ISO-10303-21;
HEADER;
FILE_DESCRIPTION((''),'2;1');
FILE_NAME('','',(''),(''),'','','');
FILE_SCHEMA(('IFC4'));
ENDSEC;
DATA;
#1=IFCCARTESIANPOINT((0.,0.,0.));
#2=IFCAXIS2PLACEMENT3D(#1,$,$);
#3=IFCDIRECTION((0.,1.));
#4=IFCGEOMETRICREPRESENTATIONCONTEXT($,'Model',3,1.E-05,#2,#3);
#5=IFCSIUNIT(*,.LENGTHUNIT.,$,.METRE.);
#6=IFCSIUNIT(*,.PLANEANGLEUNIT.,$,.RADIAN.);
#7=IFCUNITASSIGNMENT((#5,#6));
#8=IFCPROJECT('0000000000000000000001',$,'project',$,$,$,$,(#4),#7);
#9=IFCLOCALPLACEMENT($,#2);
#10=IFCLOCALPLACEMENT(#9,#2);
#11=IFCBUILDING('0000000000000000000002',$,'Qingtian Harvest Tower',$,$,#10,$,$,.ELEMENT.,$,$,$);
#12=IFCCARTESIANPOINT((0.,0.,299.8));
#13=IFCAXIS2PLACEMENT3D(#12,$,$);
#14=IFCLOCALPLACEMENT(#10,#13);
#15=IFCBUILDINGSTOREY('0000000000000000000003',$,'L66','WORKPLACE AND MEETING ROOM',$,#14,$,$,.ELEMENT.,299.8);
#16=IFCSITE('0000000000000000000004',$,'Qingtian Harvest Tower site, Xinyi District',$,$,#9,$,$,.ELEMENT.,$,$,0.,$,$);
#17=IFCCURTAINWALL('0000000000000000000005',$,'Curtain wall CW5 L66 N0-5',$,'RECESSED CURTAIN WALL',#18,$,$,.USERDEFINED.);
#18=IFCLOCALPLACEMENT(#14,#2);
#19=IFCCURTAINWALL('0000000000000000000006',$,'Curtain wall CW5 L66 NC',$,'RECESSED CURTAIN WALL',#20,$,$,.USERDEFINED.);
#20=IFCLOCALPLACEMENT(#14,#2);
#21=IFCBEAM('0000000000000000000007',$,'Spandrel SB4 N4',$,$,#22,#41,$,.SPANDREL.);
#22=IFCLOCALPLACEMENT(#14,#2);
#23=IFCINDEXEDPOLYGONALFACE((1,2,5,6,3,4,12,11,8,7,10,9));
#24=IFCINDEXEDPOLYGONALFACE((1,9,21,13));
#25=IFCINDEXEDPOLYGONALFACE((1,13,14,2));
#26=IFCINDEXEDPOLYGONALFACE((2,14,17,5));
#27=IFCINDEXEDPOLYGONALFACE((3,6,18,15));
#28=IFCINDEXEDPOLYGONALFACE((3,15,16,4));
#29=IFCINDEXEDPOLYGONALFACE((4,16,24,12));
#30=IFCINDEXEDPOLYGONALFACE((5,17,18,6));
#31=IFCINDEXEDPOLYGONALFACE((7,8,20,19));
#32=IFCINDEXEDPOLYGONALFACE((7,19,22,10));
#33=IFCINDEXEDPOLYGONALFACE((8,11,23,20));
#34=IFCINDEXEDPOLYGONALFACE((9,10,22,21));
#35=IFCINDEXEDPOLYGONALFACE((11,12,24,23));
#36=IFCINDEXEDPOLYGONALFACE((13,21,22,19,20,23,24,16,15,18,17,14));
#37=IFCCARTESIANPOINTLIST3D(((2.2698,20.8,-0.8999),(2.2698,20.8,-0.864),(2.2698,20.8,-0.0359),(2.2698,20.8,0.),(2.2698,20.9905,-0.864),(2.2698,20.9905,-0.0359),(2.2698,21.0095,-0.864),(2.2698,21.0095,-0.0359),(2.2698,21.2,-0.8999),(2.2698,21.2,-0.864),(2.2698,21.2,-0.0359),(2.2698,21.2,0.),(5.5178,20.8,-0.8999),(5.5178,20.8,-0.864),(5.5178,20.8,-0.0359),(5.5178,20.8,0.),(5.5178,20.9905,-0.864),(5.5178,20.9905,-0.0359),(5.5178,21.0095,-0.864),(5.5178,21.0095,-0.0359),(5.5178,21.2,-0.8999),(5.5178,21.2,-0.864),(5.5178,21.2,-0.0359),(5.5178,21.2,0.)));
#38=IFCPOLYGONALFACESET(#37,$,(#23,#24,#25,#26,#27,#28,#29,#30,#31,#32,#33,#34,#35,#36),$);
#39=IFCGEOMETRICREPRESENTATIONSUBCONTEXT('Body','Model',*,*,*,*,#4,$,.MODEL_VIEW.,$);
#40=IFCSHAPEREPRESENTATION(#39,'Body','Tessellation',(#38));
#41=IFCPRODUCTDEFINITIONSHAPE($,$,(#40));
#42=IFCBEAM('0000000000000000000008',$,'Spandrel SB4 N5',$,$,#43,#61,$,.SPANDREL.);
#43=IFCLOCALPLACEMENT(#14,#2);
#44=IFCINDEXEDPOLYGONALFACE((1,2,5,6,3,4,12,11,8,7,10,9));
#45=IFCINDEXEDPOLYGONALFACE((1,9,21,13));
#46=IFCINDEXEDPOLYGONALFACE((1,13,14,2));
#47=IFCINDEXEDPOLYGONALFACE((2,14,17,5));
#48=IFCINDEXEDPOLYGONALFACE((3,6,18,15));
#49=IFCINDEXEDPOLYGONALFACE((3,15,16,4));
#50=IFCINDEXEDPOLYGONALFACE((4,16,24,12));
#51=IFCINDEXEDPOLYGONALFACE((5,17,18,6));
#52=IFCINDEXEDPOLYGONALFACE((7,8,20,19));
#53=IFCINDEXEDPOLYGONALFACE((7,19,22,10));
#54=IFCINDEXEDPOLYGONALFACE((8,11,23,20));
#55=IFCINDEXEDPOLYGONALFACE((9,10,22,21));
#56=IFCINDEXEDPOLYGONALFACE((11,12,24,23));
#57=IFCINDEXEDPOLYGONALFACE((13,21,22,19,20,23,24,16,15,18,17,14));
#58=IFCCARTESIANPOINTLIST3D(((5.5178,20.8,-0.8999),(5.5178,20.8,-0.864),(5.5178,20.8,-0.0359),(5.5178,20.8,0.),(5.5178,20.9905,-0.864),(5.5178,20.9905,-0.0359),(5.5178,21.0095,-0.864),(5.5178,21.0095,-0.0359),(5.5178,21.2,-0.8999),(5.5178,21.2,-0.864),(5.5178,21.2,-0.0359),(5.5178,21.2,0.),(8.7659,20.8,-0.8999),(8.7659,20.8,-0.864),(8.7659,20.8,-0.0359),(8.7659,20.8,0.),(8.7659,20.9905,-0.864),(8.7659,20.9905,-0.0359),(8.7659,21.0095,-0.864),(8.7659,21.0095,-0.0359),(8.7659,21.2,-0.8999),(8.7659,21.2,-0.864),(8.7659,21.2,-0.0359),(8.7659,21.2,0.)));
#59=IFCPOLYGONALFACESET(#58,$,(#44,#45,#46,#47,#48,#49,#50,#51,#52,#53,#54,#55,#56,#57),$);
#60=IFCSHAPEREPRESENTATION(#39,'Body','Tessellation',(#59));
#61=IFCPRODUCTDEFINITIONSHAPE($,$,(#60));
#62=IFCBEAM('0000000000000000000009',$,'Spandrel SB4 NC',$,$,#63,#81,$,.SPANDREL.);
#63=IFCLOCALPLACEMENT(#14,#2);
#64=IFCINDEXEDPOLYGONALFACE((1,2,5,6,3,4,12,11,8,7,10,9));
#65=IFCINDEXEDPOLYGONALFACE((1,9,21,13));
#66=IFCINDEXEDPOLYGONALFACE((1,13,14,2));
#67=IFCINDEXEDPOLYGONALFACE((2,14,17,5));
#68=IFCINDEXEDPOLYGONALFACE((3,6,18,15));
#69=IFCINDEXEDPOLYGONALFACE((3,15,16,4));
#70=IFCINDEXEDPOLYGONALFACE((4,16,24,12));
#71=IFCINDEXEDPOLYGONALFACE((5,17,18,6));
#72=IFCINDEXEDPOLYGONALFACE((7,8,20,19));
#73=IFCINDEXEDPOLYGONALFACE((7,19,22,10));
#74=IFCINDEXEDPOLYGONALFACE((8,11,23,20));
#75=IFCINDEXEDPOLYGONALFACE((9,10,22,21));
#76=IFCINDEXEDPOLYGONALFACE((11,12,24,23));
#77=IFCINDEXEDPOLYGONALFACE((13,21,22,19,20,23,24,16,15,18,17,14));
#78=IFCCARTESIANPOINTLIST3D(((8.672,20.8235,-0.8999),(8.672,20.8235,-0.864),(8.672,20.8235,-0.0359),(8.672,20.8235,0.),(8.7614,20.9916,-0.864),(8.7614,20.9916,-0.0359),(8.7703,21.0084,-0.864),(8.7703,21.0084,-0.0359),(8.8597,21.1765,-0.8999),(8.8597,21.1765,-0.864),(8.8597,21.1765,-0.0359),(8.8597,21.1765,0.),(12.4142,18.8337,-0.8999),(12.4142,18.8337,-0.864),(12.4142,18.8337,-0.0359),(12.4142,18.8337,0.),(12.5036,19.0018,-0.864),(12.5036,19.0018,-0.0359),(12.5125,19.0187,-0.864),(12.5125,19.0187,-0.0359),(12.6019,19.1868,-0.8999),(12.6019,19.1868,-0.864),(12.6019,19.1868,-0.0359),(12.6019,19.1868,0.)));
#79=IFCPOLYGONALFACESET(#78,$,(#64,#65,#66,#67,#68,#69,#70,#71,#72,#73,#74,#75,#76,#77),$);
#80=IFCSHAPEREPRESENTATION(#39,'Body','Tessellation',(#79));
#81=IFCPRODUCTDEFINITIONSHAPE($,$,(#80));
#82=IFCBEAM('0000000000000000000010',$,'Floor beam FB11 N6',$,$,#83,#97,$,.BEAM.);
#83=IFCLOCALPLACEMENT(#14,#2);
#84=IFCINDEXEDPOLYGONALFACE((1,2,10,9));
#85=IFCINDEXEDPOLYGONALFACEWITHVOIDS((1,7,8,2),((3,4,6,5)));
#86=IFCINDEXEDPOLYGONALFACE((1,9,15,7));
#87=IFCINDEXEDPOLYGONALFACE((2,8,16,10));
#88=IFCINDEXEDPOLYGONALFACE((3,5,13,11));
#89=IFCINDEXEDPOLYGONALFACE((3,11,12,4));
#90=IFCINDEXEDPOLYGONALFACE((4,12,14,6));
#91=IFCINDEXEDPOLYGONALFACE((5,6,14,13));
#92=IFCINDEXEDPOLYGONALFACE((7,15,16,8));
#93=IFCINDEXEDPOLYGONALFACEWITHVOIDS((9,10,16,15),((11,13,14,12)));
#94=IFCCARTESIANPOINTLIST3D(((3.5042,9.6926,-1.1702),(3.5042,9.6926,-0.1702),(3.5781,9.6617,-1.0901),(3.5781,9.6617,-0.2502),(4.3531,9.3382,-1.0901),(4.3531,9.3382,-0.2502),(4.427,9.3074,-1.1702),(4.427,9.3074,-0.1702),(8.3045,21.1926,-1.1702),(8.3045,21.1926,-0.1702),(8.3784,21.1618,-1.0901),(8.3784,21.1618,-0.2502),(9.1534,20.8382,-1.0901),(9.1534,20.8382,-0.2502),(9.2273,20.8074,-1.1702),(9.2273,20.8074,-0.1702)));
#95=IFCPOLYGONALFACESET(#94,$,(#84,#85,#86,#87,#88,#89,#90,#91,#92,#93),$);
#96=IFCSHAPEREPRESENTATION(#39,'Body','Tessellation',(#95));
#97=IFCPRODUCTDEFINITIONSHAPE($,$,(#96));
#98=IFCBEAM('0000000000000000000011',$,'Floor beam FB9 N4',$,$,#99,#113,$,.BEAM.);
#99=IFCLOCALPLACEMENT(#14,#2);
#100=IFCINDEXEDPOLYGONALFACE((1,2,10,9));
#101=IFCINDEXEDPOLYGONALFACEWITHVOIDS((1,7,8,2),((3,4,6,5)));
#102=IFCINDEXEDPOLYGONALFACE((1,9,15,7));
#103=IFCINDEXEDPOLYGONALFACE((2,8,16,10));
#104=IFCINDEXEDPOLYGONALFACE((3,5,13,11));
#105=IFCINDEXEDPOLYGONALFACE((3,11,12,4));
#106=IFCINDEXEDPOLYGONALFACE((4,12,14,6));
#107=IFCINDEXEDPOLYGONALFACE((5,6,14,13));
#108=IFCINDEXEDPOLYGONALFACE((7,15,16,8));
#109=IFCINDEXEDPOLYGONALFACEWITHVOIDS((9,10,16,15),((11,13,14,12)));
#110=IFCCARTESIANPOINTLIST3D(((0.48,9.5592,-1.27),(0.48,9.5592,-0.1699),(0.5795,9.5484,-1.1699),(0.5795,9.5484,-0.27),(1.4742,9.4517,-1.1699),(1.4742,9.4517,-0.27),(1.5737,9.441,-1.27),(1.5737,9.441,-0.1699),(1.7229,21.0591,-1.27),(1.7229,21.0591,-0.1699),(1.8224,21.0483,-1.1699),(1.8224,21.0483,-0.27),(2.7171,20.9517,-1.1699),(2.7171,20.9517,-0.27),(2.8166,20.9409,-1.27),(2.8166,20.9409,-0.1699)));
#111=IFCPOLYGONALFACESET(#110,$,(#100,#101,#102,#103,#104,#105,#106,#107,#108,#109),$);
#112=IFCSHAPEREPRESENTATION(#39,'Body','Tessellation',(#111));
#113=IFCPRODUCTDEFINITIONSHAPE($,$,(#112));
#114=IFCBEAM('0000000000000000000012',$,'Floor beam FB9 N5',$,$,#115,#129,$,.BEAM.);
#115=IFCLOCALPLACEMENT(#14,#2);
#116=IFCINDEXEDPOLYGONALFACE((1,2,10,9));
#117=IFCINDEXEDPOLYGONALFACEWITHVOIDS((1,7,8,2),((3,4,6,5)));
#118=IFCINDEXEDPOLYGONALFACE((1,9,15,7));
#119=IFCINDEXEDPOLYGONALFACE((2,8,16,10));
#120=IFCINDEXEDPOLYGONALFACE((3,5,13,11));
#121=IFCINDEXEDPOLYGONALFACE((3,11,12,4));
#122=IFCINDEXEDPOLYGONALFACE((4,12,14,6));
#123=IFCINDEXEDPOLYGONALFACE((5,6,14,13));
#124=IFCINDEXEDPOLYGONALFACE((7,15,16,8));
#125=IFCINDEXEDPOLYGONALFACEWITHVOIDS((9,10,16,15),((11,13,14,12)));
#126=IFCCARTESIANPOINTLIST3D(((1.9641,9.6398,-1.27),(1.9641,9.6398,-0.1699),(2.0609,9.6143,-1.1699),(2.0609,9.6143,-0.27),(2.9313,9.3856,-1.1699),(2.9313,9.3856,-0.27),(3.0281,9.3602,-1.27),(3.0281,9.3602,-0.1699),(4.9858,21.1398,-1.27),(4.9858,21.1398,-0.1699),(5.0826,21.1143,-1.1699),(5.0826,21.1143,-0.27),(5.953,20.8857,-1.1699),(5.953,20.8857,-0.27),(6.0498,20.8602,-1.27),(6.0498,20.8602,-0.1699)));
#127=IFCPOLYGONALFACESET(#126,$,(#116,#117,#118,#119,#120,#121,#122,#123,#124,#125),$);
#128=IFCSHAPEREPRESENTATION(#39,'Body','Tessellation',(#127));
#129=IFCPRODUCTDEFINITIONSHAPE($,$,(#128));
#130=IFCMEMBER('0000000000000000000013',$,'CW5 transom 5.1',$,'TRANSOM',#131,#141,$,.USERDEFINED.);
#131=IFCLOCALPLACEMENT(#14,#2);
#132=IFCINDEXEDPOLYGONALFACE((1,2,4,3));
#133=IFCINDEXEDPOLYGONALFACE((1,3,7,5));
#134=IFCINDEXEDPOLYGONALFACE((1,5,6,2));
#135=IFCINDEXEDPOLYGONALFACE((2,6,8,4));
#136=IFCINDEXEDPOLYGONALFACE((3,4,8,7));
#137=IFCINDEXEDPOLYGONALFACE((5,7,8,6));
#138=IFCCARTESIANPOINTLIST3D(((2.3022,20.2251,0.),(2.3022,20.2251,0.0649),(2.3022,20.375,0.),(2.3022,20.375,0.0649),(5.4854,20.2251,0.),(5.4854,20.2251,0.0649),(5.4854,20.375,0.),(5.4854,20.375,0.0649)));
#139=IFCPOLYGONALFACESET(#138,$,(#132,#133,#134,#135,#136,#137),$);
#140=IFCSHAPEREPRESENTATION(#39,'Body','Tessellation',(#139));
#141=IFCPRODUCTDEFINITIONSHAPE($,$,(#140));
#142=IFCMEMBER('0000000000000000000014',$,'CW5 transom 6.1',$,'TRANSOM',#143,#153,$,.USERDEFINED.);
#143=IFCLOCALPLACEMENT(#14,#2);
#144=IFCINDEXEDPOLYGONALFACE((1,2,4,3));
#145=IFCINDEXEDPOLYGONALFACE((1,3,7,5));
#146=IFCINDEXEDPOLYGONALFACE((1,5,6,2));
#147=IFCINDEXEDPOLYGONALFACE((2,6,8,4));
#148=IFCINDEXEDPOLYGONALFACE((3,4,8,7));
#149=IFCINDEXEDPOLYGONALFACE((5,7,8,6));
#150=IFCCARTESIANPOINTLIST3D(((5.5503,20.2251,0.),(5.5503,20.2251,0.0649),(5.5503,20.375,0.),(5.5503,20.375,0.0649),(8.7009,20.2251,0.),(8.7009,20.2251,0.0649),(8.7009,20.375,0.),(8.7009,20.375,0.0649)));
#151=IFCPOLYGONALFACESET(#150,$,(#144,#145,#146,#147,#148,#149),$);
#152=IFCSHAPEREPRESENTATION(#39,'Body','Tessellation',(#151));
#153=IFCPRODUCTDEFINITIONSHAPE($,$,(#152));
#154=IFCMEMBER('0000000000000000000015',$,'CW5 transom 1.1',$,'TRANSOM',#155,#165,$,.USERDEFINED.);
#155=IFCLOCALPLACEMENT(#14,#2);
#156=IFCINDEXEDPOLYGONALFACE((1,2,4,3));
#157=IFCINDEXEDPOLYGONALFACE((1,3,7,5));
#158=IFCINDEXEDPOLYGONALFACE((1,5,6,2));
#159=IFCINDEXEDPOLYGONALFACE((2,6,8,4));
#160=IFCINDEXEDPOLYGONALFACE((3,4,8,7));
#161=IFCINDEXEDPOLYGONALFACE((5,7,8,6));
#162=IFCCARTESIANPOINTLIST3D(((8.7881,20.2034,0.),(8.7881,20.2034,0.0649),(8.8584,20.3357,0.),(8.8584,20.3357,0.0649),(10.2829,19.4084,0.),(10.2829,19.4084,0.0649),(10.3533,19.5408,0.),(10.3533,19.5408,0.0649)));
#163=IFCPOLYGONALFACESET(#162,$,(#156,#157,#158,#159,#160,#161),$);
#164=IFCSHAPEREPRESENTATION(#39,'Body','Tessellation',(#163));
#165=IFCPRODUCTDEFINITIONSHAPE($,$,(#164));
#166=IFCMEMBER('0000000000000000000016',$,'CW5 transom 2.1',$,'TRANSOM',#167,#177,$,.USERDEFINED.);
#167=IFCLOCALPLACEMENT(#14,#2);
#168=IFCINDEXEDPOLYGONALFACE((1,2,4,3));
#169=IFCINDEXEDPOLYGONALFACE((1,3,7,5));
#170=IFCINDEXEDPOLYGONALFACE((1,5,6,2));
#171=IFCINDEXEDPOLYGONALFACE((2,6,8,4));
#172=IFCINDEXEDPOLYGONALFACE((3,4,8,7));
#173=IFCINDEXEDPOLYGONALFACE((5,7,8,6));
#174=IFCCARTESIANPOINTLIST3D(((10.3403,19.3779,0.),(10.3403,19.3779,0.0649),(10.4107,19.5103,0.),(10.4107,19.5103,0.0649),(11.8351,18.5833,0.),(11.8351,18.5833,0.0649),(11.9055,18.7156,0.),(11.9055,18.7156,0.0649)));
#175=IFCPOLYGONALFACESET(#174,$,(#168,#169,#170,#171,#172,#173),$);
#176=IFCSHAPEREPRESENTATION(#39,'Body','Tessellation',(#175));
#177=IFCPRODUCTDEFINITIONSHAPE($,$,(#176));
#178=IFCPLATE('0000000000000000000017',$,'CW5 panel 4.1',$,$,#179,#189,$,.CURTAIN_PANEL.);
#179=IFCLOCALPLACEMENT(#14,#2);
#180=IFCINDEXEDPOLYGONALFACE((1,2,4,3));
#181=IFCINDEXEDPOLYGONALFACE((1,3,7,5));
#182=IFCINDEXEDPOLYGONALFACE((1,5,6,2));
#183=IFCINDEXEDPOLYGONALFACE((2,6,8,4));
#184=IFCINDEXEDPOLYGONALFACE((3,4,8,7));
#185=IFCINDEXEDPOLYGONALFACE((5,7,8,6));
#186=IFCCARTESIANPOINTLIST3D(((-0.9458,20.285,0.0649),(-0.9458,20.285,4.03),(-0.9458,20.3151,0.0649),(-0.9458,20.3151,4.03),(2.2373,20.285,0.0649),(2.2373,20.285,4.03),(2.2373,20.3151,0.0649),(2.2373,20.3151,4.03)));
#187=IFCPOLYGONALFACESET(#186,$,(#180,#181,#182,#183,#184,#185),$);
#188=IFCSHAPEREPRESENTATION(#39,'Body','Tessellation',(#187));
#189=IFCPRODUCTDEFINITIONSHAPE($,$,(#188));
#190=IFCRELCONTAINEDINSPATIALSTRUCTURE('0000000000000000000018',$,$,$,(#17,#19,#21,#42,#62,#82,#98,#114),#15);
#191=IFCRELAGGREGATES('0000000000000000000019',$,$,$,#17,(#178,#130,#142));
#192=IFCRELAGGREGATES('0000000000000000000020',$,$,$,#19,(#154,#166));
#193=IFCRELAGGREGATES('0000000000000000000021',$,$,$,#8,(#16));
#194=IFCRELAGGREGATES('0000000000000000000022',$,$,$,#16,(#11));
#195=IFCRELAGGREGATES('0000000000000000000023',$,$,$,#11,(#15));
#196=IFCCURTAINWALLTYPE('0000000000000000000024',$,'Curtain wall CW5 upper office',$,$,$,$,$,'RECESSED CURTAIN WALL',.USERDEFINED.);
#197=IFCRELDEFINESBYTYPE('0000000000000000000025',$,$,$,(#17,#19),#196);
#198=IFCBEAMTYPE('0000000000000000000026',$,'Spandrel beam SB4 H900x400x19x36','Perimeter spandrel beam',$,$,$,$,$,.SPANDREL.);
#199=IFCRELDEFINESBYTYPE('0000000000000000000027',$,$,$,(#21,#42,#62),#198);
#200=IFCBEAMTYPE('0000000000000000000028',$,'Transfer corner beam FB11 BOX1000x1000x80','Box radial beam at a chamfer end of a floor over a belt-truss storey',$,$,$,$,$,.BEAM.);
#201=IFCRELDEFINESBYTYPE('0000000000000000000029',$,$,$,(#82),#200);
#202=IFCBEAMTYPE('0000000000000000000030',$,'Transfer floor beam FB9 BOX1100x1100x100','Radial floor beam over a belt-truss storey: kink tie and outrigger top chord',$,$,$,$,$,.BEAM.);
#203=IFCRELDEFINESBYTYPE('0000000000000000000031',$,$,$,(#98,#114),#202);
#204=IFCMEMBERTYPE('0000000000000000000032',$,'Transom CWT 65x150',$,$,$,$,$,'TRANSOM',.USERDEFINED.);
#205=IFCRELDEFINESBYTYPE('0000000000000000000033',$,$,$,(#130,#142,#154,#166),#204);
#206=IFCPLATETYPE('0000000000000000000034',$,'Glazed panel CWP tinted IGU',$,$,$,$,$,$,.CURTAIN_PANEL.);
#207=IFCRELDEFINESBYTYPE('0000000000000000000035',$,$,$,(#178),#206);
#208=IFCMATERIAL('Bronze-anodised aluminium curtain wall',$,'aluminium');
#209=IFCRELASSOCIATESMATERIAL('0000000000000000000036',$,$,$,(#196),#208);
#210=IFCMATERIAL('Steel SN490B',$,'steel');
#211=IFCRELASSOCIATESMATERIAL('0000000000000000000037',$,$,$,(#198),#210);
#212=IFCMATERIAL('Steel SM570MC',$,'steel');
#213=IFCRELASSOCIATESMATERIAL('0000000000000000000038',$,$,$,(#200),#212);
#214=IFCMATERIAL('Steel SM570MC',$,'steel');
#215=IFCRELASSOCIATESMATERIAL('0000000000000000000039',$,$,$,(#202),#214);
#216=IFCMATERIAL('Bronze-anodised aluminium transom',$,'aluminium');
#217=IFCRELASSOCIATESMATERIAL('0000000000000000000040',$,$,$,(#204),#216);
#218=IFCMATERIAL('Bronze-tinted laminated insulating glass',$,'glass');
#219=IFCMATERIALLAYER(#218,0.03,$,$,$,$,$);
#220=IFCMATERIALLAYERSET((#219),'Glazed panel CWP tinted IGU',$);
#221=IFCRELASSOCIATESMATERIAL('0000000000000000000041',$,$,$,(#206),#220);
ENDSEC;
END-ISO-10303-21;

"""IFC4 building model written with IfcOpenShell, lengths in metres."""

from ifc_helpers import new_model, si_unit, direction, frame, origin, origin_2d, place, context, subcontext, project, spatial, rectangle, hollow_rectangle, i_section, extrude, material, layer, layer_set, material_profile, profile_set, type_object, element, aggregate, save


model = new_model("IFC4")

# Units and contexts
model_context = context("Model", 3, precision=1e-05, world=origin(), true_north=direction((0.0, 1.0)))
body_context = subcontext(model_context, "Body", "Model", "MODEL_VIEW")
ifc_project = project(units=[si_unit("LENGTHUNIT", "METRE"), si_unit("PLANEANGLEUNIT", "RADIAN")], contexts=[model_context])

# Site, building, storey
site_placement = place(None, origin())
site = spatial("IfcSite", under=ifc_project, at=site_placement, Name="Qingtian Harvest Tower site, Xinyi District", CompositionType="ELEMENT", RefElevation=0.0)
building_placement = place(site_placement, origin())
building = spatial("IfcBuilding", under=site, at=building_placement, Name="Qingtian Harvest Tower", CompositionType="ELEMENT")
storey_placement = place(building_placement, frame((0.0, 0.0, 299.8)))
storey = spatial("IfcBuildingStorey", under=building, at=storey_placement, Name="L66", Description="WORKPLACE AND MEETING ROOM", CompositionType="ELEMENT", Elevation=299.8)

# Curtain walls
ifc_material_1 = material(Name="Bronze-anodised aluminium curtain wall", Category="aluminium")
curtain_wall_type = type_object("IfcCurtainWallType", Name="Curtain wall CW5 upper office", ElementType="RECESSED CURTAIN WALL", PredefinedType="USERDEFINED", material=ifc_material_1)
curtain_wall_1_placement = place(storey_placement, origin())
curtain_wall_1 = element("IfcCurtainWall", 1, at=curtain_wall_1_placement, inside=storey, type_object=curtain_wall_type, Name="Curtain wall CW5 L66 N0-5", ObjectType="RECESSED CURTAIN WALL", PredefinedType="USERDEFINED")
curtain_wall_2_placement = place(storey_placement, origin())
curtain_wall_2 = element("IfcCurtainWall", 2, at=curtain_wall_2_placement, inside=storey, type_object=curtain_wall_type, Name="Curtain wall CW5 L66 NC", ObjectType="RECESSED CURTAIN WALL", PredefinedType="USERDEFINED")

# Beams
ifc_material_2 = material(Name="Steel SN490B", Category="steel")
ifc_material_profile_1 = material_profile(ifc_material_2, i_section(OverallWidth=0.3999, OverallDepth=0.8999, WebThickness=0.019, FlangeThickness=0.0359, at=origin_2d()), Name="H900x400x19x36")
ifc_profile_set_1 = profile_set([ifc_material_profile_1], Name="Steel SN490B")
beam_type_1 = type_object("IfcBeamType", Name="Spandrel beam SB4 H900x400x19x36", Description="Perimeter spandrel beam", PredefinedType="SPANDREL", material=ifc_profile_set_1)
for number, where, z_axis, x_axis, name in (
    (3, (2.2698, 21.0, -0.45), (1.0, 0.0, 0.0), (0.0, 1.0, 0.0), "Spandrel SB4 N4"),
    (4, (5.5178, 21.0, -0.45), (1.0, 0.0, 0.0), (0.0, 1.0, 0.0), "Spandrel SB4 N5"),
):
    element("IfcBeam", number, at=place(storey_placement, frame(where, z_axis=z_axis, x_axis=x_axis)), inside=storey, type_object=beam_type_1, Name=name, PredefinedType="SPANDREL", context=body_context, shape_type="SweptSolid", body=[
        extrude(i_section(OverallWidth=0.3999, OverallDepth=0.8999, WebThickness=0.019, FlangeThickness=0.0359, at=origin_2d()), origin(), (0.0, 0.0, 1.0), 3.248),
    ])
beam_1_placement = place(storey_placement, frame((8.7659, 21.0, -0.45), z_axis=(0.882949, -0.46947, 0.0), x_axis=(0.46947, 0.882949, 0.0)))
element("IfcBeam", 5, at=beam_1_placement, inside=storey, type_object=beam_type_1, Name="Spandrel SB4 NC", PredefinedType="SPANDREL", context=body_context, shape_type="SweptSolid", body=[
    extrude(i_section(OverallWidth=0.3999, OverallDepth=0.8999, WebThickness=0.019, FlangeThickness=0.0359, at=origin_2d()), origin(), (0.0, 0.0, 1.0), 4.2383),
])
ifc_material_3 = material(Name="Steel SM570MC", Category="steel")
ifc_material_profile_2 = material_profile(ifc_material_3, hollow_rectangle(XDim=1.0, YDim=1.0, WallThickness=0.0801, at=origin_2d()), Name="BOX1000x1000x80")
ifc_profile_set_2 = profile_set([ifc_material_profile_2], Name="Steel SM570MC")
beam_type_2 = type_object("IfcBeamType", Name="Transfer corner beam FB11 BOX1000x1000x80", Description="Box radial beam at a chamfer end of a floor over a belt-truss storey", PredefinedType="BEAM", material=ifc_profile_set_2)
beam_2_placement = place(storey_placement, frame((8.7659, 21.0, -0.6702), z_axis=(-0.385205, -0.922831, 0.0), x_axis=(0.922831, -0.385205, 0.0)))
element("IfcBeam", 6, at=beam_2_placement, inside=storey, type_object=beam_type_2, Name="Floor beam FB11 N6", PredefinedType="BEAM", context=body_context, shape_type="SweptSolid", body=[
    extrude(hollow_rectangle(XDim=1.0, YDim=1.0, WallThickness=0.0801, at=origin_2d()), origin(), (0.0, 0.0, 1.0), 12.4617),
])
ifc_material_4 = material(Name="Steel SM570MC", Category="steel")
ifc_material_profile_3 = material_profile(ifc_material_4, hollow_rectangle(XDim=1.1001, YDim=1.1001, WallThickness=0.1001, at=origin_2d()), Name="BOX1100x1100x100")
ifc_profile_set_3 = profile_set([ifc_material_profile_3], Name="Steel SM570MC")
beam_type_3 = type_object("IfcBeamType", Name="Transfer floor beam FB9 BOX1100x1100x100", Description="Radial floor beam over a belt-truss storey: kink tie and outrigger top chord", PredefinedType="BEAM", material=ifc_profile_set_3)
beam_3_placement = place(storey_placement, frame((2.2698, 21.0, -0.72), z_axis=(-0.107454, -0.99421, 0.0), x_axis=(0.99421, -0.107454, 0.0)))
element("IfcBeam", 7, at=beam_3_placement, inside=storey, type_object=beam_type_3, Name="Floor beam FB9 N4", PredefinedType="BEAM", context=body_context, shape_type="SweptSolid", body=[
    extrude(hollow_rectangle(XDim=1.1001, YDim=1.1001, WallThickness=0.1001, at=origin_2d()), origin(), (0.0, 0.0, 1.0), 11.5669),
])
beam_4_placement = place(storey_placement, frame((5.5178, 21.0, -0.72), z_axis=(-0.254132, -0.967169, 0.0), x_axis=(0.967169, -0.254132, 0.0)))
element("IfcBeam", 8, at=beam_4_placement, inside=storey, type_object=beam_type_3, Name="Floor beam FB9 N5", PredefinedType="BEAM", context=body_context, shape_type="SweptSolid", body=[
    extrude(hollow_rectangle(XDim=1.1001, YDim=1.1001, WallThickness=0.1001, at=origin_2d()), origin(), (0.0, 0.0, 1.0), 11.8904),
])

# Members
ifc_material_5 = material(Name="Bronze-anodised aluminium transom", Category="aluminium")
ifc_material_profile_4 = material_profile(ifc_material_5, rectangle(XDim=0.1499, YDim=0.0649, at=origin_2d()), Name="AL 65x150")
ifc_profile_set_4 = profile_set([ifc_material_profile_4], Name="Bronze-anodised aluminium transom")
member_type_1 = type_object("IfcMemberType", Name="Transom CWT 65x150", ElementType="TRANSOM", PredefinedType="USERDEFINED", material=ifc_profile_set_4)
member_1_placement = place(storey_placement, frame((2.3022, 20.3, 0.0325), z_axis=(1.0, 0.0, 0.0), x_axis=(0.0, 1.0, 0.0)))
member_1 = element("IfcMember", 9, at=member_1_placement, type_object=member_type_1, Name="CW5 transom 5.1", ObjectType="TRANSOM", PredefinedType="USERDEFINED", context=body_context, shape_type="SweptSolid", body=[
    extrude(rectangle(XDim=0.1499, YDim=0.0649, at=origin_2d()), origin(), (0.0, 0.0, 1.0), 3.1831),
])
member_2_placement = place(storey_placement, frame((5.5503, 20.3, 0.0325), z_axis=(1.0, 0.0, 0.0), x_axis=(0.0, 1.0, 0.0)))
member_2 = element("IfcMember", 10, at=member_2_placement, type_object=member_type_1, Name="CW5 transom 6.1", ObjectType="TRANSOM", PredefinedType="USERDEFINED", context=body_context, shape_type="SweptSolid", body=[
    extrude(rectangle(XDim=0.1499, YDim=0.0649, at=origin_2d()), origin(), (0.0, 0.0, 1.0), 3.1506),
])
member_3_placement = place(storey_placement, frame((8.8232, 20.2695, 0.0325), z_axis=(0.882927, -0.46951, 0.0), x_axis=(0.46951, 0.882927, 0.0)))
member_3 = element("IfcMember", 11, at=member_3_placement, type_object=member_type_1, Name="CW5 transom 1.1", ObjectType="TRANSOM", PredefinedType="USERDEFINED", context=body_context, shape_type="SweptSolid", body=[
    extrude(rectangle(XDim=0.1499, YDim=0.0649, at=origin_2d()), origin(), (0.0, 0.0, 1.0), 1.6931),
])
member_4_placement = place(storey_placement, frame((10.3755, 19.4441, 0.0325), z_axis=(0.882987, -0.469398, 0.0), x_axis=(0.469398, 0.882987, 0.0)))
member_4 = element("IfcMember", 12, at=member_4_placement, type_object=member_type_1, Name="CW5 transom 2.1", ObjectType="TRANSOM", PredefinedType="USERDEFINED", context=body_context, shape_type="SweptSolid", body=[
    extrude(rectangle(XDim=0.1499, YDim=0.0649, at=origin_2d()), origin(), (0.0, 0.0, 1.0), 1.6929),
])

# Plate
ifc_material_6 = material(Name="Bronze-tinted laminated insulating glass", Category="glass")
ifc_layer_1 = layer(ifc_material_6, 0.03)
ifc_layer_set_1 = layer_set([ifc_layer_1], Name="Glazed panel CWP tinted IGU")
plate_type = type_object("IfcPlateType", Name="Glazed panel CWP tinted IGU", PredefinedType="CURTAIN_PANEL", material=ifc_layer_set_1)
plate_1_placement = place(storey_placement, frame((0.6458, 20.3, 0.0649), z_axis=(0.0, 0.0, 1.0), x_axis=(1.0, 0.0, 0.0)))
plate_1 = element("IfcPlate", 13, at=plate_1_placement, type_object=plate_type, Name="CW5 panel 4.1", PredefinedType="CURTAIN_PANEL", context=body_context, shape_type="SweptSolid", body=[
    extrude(rectangle(XDim=3.1831, YDim=0.03, at=origin_2d()), origin(), (0.0, 0.0, 1.0), 3.9651),
])
aggregate(curtain_wall_1, [plate_1, member_1, member_2])
aggregate(curtain_wall_2, [member_3, member_4])

save(model, "model.ifc")
